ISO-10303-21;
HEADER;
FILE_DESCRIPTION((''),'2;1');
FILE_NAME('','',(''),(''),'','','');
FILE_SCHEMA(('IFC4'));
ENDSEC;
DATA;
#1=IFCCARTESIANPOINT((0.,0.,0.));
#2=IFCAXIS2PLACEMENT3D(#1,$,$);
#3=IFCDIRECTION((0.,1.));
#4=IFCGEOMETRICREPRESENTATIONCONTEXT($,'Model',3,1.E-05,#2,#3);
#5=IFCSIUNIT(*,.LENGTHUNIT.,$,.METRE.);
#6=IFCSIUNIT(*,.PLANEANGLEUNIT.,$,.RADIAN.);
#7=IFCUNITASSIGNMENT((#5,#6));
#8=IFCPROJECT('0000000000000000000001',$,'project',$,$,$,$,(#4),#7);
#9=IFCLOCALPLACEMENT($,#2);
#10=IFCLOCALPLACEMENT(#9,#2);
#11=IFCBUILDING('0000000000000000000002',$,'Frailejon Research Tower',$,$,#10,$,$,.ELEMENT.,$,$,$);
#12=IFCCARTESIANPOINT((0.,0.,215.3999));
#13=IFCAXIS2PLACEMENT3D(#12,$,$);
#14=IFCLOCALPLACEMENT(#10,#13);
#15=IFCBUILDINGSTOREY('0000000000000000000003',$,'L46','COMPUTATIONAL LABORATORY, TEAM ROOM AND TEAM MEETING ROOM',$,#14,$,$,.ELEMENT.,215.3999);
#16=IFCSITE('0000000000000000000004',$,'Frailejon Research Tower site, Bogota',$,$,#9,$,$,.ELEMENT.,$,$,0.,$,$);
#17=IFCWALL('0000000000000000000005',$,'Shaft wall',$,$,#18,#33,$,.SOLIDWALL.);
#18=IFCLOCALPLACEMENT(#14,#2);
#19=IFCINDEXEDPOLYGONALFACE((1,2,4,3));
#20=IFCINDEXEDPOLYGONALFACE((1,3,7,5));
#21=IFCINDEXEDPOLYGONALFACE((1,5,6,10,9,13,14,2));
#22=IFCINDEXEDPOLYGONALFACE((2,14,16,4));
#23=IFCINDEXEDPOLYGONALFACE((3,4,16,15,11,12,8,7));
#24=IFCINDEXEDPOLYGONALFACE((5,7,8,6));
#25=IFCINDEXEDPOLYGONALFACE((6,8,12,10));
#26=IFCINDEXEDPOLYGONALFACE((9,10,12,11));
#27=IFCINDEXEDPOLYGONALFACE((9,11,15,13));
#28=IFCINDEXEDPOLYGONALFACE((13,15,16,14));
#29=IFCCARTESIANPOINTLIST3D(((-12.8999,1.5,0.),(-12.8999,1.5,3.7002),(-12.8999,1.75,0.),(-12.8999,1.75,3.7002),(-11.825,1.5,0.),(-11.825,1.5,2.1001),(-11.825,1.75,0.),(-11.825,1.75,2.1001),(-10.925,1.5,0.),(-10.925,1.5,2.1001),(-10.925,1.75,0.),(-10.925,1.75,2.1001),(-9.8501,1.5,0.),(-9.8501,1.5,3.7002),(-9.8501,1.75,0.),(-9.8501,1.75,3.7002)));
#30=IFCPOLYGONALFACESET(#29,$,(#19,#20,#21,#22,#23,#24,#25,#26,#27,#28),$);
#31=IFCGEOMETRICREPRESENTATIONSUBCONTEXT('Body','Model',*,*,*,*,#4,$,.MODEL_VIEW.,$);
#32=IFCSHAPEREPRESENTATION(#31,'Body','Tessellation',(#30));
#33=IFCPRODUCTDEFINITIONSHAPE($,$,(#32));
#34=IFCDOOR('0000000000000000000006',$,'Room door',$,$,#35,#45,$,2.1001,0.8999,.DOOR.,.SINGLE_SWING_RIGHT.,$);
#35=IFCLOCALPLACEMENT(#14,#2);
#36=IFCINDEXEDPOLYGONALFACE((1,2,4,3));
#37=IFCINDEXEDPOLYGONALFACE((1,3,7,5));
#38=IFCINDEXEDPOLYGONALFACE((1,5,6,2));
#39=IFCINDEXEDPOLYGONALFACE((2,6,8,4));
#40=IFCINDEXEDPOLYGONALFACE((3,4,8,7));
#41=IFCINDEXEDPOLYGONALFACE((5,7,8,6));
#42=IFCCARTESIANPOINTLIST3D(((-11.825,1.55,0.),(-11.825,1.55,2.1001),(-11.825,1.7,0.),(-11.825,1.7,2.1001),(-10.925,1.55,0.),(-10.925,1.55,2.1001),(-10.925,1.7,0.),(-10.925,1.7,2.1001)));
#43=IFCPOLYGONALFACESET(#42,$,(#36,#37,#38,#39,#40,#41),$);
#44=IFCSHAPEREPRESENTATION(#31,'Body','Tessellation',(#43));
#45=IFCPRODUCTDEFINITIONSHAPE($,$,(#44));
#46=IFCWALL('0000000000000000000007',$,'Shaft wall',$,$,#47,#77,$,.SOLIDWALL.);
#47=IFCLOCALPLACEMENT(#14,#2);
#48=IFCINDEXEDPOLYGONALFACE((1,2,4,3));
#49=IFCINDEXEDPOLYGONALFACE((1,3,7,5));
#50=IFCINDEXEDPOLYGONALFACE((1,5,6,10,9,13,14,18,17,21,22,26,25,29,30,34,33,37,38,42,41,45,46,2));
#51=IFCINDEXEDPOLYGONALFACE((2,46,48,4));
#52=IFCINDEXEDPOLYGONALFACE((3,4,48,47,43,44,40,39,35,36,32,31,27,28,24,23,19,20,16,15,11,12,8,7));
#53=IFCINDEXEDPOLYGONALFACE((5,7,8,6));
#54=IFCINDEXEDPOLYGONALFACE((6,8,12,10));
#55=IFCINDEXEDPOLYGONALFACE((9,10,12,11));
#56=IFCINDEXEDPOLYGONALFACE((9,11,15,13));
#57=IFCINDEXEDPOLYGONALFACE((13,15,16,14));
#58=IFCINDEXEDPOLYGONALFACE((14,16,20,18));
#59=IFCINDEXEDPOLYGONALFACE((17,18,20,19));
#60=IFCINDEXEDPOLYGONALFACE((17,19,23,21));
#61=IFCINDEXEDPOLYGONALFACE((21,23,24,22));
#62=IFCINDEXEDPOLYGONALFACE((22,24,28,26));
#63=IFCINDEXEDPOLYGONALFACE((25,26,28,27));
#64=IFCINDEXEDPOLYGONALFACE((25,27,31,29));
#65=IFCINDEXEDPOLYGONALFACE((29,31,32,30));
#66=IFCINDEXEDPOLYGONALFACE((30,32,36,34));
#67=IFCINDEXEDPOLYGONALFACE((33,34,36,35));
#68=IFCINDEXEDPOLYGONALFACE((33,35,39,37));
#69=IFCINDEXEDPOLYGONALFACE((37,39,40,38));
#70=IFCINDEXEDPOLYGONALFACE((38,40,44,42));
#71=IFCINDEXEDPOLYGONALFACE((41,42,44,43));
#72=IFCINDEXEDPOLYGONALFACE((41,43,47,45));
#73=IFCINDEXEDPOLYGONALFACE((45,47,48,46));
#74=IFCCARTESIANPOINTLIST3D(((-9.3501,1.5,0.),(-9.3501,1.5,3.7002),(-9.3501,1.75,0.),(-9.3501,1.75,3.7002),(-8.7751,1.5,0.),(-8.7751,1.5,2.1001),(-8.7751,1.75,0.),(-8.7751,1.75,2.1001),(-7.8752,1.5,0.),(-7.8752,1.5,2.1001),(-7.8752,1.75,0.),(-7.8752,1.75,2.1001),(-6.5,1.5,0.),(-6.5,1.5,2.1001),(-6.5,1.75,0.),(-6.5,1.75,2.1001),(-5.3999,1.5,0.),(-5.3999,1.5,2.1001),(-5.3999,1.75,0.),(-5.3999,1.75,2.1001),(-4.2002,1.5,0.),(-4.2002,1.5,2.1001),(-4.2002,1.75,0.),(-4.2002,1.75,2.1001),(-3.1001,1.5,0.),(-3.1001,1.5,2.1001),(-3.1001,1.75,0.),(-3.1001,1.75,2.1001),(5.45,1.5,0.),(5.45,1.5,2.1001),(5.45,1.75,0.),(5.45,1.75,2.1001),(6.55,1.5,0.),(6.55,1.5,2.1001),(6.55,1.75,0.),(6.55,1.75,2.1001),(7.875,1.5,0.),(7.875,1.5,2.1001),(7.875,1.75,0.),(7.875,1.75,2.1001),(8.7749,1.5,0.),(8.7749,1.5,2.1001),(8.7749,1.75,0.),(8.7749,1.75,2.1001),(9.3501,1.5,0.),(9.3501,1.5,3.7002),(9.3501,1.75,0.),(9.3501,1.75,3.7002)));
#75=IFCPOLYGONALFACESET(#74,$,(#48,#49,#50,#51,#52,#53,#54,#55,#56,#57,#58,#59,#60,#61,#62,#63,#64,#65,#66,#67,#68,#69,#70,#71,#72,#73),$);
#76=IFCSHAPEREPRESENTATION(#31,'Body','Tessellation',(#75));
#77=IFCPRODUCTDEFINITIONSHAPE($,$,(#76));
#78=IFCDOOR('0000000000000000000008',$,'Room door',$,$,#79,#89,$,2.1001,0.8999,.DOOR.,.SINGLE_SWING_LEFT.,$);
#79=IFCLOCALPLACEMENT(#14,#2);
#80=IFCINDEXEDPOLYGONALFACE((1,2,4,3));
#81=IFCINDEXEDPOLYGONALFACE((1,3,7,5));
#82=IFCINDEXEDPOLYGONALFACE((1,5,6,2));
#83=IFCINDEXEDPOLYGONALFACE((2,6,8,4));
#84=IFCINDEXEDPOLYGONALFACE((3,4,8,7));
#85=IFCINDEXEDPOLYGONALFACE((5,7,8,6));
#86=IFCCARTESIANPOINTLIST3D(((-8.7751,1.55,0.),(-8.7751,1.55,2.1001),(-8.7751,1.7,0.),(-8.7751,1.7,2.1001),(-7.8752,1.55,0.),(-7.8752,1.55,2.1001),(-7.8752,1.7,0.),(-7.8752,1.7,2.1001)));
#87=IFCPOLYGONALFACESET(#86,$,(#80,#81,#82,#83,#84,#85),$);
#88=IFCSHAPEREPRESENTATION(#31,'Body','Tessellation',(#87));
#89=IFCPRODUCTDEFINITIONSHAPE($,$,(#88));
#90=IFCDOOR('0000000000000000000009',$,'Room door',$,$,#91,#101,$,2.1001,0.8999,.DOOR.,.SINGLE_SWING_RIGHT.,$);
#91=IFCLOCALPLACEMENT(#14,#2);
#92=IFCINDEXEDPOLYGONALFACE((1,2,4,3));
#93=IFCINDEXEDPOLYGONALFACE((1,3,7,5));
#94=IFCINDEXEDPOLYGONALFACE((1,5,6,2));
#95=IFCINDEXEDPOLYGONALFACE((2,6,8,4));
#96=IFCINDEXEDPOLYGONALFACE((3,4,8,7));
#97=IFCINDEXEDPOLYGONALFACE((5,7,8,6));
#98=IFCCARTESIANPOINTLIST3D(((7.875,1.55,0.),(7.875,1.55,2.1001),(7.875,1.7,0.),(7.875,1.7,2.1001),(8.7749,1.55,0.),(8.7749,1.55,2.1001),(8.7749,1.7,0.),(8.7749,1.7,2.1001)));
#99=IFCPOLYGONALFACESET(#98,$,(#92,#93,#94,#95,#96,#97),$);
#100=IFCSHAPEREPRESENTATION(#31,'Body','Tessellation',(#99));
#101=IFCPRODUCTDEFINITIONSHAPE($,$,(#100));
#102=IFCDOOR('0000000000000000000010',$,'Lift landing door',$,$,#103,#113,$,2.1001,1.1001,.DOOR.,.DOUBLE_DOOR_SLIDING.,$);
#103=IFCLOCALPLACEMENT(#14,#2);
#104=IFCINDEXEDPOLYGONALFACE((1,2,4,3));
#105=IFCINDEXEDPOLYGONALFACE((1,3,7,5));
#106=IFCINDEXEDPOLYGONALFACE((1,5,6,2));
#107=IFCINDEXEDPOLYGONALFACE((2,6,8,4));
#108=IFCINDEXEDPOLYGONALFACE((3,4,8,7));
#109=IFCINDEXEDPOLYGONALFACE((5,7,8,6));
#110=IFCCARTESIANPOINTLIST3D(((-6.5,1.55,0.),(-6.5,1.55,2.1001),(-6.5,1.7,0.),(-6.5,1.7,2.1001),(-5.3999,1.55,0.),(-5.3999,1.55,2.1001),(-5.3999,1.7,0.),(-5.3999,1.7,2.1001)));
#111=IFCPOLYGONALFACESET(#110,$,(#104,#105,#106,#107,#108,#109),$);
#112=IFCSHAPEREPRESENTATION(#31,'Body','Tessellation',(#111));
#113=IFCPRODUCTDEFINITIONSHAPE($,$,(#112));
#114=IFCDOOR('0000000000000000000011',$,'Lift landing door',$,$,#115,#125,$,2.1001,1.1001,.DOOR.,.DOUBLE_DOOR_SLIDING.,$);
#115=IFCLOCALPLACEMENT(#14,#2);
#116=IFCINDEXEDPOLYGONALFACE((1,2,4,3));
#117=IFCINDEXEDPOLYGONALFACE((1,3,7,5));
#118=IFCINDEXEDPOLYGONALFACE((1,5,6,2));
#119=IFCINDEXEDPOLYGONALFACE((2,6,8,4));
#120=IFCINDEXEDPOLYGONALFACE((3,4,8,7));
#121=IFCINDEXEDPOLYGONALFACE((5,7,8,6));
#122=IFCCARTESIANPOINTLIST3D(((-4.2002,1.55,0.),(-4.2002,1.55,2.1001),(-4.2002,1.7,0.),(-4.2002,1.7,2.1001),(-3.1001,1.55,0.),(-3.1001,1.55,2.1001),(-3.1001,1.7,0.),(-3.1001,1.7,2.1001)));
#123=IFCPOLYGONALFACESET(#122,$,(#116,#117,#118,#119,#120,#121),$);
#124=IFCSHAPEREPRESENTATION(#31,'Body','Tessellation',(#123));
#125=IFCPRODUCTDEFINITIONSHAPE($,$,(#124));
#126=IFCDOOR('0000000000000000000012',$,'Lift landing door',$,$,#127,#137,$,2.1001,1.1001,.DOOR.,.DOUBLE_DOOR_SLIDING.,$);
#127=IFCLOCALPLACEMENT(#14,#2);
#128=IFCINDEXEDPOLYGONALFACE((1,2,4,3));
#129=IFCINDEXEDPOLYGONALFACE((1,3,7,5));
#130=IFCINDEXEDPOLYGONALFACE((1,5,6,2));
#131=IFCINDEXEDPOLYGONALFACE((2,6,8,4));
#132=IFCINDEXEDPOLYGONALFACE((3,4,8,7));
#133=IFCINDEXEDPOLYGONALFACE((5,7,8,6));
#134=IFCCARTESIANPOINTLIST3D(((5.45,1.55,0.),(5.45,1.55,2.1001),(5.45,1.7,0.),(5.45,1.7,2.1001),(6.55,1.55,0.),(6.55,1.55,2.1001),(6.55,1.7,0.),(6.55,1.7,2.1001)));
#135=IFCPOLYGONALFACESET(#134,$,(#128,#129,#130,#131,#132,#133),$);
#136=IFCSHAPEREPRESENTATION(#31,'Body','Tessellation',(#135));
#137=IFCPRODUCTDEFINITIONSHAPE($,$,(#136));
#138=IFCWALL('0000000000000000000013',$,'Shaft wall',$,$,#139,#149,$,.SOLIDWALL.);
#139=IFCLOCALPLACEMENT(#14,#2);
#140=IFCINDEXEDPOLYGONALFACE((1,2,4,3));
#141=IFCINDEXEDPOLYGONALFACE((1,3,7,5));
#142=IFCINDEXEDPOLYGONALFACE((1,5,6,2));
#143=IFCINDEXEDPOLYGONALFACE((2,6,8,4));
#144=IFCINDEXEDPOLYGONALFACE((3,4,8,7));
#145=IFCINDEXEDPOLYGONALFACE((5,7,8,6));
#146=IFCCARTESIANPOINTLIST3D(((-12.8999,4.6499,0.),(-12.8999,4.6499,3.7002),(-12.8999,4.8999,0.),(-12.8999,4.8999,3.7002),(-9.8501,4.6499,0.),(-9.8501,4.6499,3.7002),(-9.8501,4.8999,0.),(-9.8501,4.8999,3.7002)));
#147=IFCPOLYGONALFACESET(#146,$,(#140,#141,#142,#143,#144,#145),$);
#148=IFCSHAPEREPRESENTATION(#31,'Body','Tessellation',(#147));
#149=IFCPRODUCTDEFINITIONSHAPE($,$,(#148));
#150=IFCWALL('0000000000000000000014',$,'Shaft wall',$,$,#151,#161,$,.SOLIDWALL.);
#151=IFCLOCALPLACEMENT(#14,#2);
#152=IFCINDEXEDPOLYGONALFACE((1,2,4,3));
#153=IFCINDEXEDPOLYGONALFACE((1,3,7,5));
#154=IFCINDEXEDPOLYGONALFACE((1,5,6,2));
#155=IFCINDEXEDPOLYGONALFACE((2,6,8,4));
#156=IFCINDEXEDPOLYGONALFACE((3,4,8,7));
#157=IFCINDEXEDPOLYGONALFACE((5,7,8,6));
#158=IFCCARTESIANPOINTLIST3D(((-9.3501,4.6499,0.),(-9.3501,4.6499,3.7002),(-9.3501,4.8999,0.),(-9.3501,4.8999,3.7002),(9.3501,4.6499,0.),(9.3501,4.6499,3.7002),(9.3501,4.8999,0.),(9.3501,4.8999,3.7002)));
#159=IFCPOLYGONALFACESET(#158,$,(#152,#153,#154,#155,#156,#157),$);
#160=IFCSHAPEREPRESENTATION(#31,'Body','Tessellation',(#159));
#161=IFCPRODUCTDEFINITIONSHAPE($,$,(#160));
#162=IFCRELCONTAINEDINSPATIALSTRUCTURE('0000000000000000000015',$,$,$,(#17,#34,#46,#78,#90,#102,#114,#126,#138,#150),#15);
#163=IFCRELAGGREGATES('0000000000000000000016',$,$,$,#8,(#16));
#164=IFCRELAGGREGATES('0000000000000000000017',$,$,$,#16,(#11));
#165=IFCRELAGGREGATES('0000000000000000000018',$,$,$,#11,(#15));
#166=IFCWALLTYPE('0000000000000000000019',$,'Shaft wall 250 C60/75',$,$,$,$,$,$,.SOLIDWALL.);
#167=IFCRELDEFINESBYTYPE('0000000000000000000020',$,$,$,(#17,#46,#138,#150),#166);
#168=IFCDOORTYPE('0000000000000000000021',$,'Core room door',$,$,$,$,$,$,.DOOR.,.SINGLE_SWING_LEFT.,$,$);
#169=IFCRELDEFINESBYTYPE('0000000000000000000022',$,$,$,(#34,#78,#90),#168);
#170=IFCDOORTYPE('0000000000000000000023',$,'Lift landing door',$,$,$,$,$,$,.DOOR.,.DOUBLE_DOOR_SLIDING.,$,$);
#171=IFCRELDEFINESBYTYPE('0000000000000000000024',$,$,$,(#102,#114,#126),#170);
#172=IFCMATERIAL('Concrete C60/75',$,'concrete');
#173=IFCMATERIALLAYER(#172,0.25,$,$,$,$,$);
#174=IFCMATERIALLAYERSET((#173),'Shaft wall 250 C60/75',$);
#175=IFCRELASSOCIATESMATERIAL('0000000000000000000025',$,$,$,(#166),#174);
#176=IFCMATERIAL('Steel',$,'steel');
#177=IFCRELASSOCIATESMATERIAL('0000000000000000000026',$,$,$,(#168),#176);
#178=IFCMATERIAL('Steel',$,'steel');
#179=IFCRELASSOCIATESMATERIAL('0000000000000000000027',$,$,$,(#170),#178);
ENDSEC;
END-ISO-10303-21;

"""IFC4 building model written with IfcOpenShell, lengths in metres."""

from ifc_helpers import new_model, si_unit, direction, frame, frame_2d, origin, place, context, subcontext, project, spatial, rectangle, extrude, material, layer, layer_set, type_object, element, fill, save


model = new_model("IFC4")

# Units and contexts
model_context = context("Model", 3, precision=1e-05, world=origin(), true_north=direction((0.0, 1.0)))
body_context = subcontext(model_context, "Body", "Model", "MODEL_VIEW")
ifc_project = project(units=[si_unit("LENGTHUNIT", "METRE"), si_unit("PLANEANGLEUNIT", "RADIAN")], contexts=[model_context])

# Site, building, storey
site_placement = place(None, origin())
site = spatial("IfcSite", under=ifc_project, at=site_placement, Name="Frailejon Research Tower site, Bogota", CompositionType="ELEMENT", RefElevation=0.0)
building_placement = place(site_placement, origin())
building = spatial("IfcBuilding", under=site, at=building_placement, Name="Frailejon Research Tower", CompositionType="ELEMENT")
storey_placement = place(building_placement, frame((0.0, 0.0, 215.3999)))
storey = spatial("IfcBuildingStorey", under=building, at=storey_placement, Name="L46", Description="COMPUTATIONAL LABORATORY, TEAM ROOM AND TEAM MEETING ROOM", CompositionType="ELEMENT", Elevation=215.3999)

# Wall, opening, door
ifc_material_1 = material(Name="Concrete C60/75", Category="concrete")
ifc_layer_1 = layer(ifc_material_1, 0.25)
ifc_layer_set_1 = layer_set([ifc_layer_1], Name="Shaft wall 250 C60/75")
wall_type_1 = type_object("IfcWallType", Name="Shaft wall 250 C60/75", PredefinedType="SOLIDWALL", material=ifc_layer_set_1)
wall_1_placement = place(storey_placement, frame((-12.8999, 1.625, 0.0), z_axis=(0.0, 0.0, 1.0), x_axis=(1.0, 0.0, 0.0)))
wall_1 = element("IfcWall", 1, at=wall_1_placement, inside=storey, type_object=wall_type_1, Name="Shaft wall", PredefinedType="SOLIDWALL", context=body_context, shape_type="SweptSolid", body=[
    extrude(rectangle(XDim=3.0498, YDim=0.25, at=frame_2d((1.5249, 0.0))), origin(), (0.0, 0.0, 1.0), 3.7002),
])
opening_1_placement = place(wall_1_placement, frame((1.075, 0.0, 0.0)))
opening_1 = element("IfcOpeningElement", 2, at=opening_1_placement, cuts=wall_1, PredefinedType="OPENING", context=body_context, shape_type="SweptSolid", body=[
    extrude(rectangle(XDim=0.8999, YDim=2.1001, at=frame_2d((0.45, 1.05))), frame((0.0, 0.135, 0.0), z_axis=(0.0, -1.0, 0.0), x_axis=(1.0, 0.0, 0.0)), (0.0, 0.0, 1.0), 0.27),
])
ifc_material_2 = material(Name="Steel", Category="steel")
door_type_1 = type_object("IfcDoorType", Name="Core room door", OperationType="SINGLE_SWING_LEFT", PredefinedType="DOOR", material=ifc_material_2)
door_1_placement = place(opening_1_placement, origin())
door_1 = element("IfcDoor", 3, at=door_1_placement, inside=storey, type_object=door_type_1, Name="Room door", OperationType="SINGLE_SWING_RIGHT", OverallHeight=2.1001, OverallWidth=0.8999, PredefinedType="DOOR", context=body_context, shape_type="SweptSolid", body=[
    extrude(rectangle(XDim=0.8999, YDim=2.1001, at=frame_2d((0.45, 1.05))), frame((0.0, 0.075, 0.0), z_axis=(0.0, -1.0, 0.0), x_axis=(1.0, 0.0, 0.0)), (0.0, 0.0, 1.0), 0.1499),
])
fill(opening_1, door_1)

# Wall, openings, doors
wall_2_placement = place(storey_placement, frame((-9.3501, 1.625, 0.0), z_axis=(0.0, 0.0, 1.0), x_axis=(1.0, 0.0, 0.0)))
wall_2 = element("IfcWall", 4, at=wall_2_placement, inside=storey, type_object=wall_type_1, Name="Shaft wall", PredefinedType="SOLIDWALL", context=body_context, shape_type="SweptSolid", body=[
    extrude(rectangle(XDim=18.7002, YDim=0.25, at=frame_2d((9.3501, 0.0))), origin(), (0.0, 0.0, 1.0), 3.7002),
])
opening_2_placement = place(wall_2_placement, frame((2.8501, 0.0, 0.0)))
opening_2 = element("IfcOpeningElement", 5, at=opening_2_placement, cuts=wall_2, PredefinedType="OPENING", context=body_context, shape_type="SweptSolid", body=[
    extrude(rectangle(XDim=1.1001, YDim=2.1001, at=frame_2d((0.55, 1.05))), frame((0.0, 0.135, 0.0), z_axis=(0.0, -1.0, 0.0), x_axis=(1.0, 0.0, 0.0)), (0.0, 0.0, 1.0), 0.27),
])
opening_3_placement = place(wall_2_placement, frame((5.1499, 0.0, 0.0)))
opening_3 = element("IfcOpeningElement", 6, at=opening_3_placement, cuts=wall_2, PredefinedType="OPENING", context=body_context, shape_type="SweptSolid", body=[
    extrude(rectangle(XDim=1.1001, YDim=2.1001, at=frame_2d((0.55, 1.05))), frame((0.0, 0.135, 0.0), z_axis=(0.0, -1.0, 0.0), x_axis=(1.0, 0.0, 0.0)), (0.0, 0.0, 1.0), 0.27),
])
opening_4_placement = place(wall_2_placement, frame((14.8, 0.0, 0.0)))
opening_4 = element("IfcOpeningElement", 7, at=opening_4_placement, cuts=wall_2, PredefinedType="OPENING", context=body_context, shape_type="SweptSolid", body=[
    extrude(rectangle(XDim=1.1001, YDim=2.1001, at=frame_2d((0.55, 1.05))), frame((0.0, 0.135, 0.0), z_axis=(0.0, -1.0, 0.0), x_axis=(1.0, 0.0, 0.0)), (0.0, 0.0, 1.0), 0.27),
])
opening_5_placement = place(wall_2_placement, frame((0.575, 0.0, 0.0)))
opening_5 = element("IfcOpeningElement", 8, at=opening_5_placement, cuts=wall_2, PredefinedType="OPENING", context=body_context, shape_type="SweptSolid", body=[
    extrude(rectangle(XDim=0.8999, YDim=2.1001, at=frame_2d((0.45, 1.05))), frame((0.0, 0.135, 0.0), z_axis=(0.0, -1.0, 0.0), x_axis=(1.0, 0.0, 0.0)), (0.0, 0.0, 1.0), 0.27),
])
opening_6_placement = place(wall_2_placement, frame((17.2251, 0.0, 0.0)))
opening_6 = element("IfcOpeningElement", 9, at=opening_6_placement, cuts=wall_2, PredefinedType="OPENING", context=body_context, shape_type="SweptSolid", body=[
    extrude(rectangle(XDim=0.8999, YDim=2.1001, at=frame_2d((0.45, 1.05))), frame((0.0, 0.135, 0.0), z_axis=(0.0, -1.0, 0.0), x_axis=(1.0, 0.0, 0.0)), (0.0, 0.0, 1.0), 0.27),
])
door_2_placement = place(opening_5_placement, origin())
door_2 = element("IfcDoor", 10, at=door_2_placement, inside=storey, type_object=door_type_1, Name="Room door", OperationType="SINGLE_SWING_LEFT", OverallHeight=2.1001, OverallWidth=0.8999, PredefinedType="DOOR", context=body_context, shape_type="SweptSolid", body=[
    extrude(rectangle(XDim=0.8999, YDim=2.1001, at=frame_2d((0.45, 1.05))), frame((0.0, 0.075, 0.0), z_axis=(0.0, -1.0, 0.0), x_axis=(1.0, 0.0, 0.0)), (0.0, 0.0, 1.0), 0.1499),
])
fill(opening_5, door_2)
door_3_placement = place(opening_6_placement, origin())
door_3 = element("IfcDoor", 11, at=door_3_placement, inside=storey, type_object=door_type_1, Name="Room door", OperationType="SINGLE_SWING_RIGHT", OverallHeight=2.1001, OverallWidth=0.8999, PredefinedType="DOOR", context=body_context, shape_type="SweptSolid", body=[
    extrude(rectangle(XDim=0.8999, YDim=2.1001, at=frame_2d((0.45, 1.05))), frame((0.0, 0.075, 0.0), z_axis=(0.0, -1.0, 0.0), x_axis=(1.0, 0.0, 0.0)), (0.0, 0.0, 1.0), 0.1499),
])
fill(opening_6, door_3)
ifc_material_3 = material(Name="Steel", Category="steel")
door_type_2 = type_object("IfcDoorType", Name="Lift landing door", OperationType="DOUBLE_DOOR_SLIDING", PredefinedType="DOOR", material=ifc_material_3)
door_4_placement = place(opening_2_placement, origin())
door_4 = element("IfcDoor", 12, at=door_4_placement, inside=storey, type_object=door_type_2, Name="Lift landing door", OperationType="DOUBLE_DOOR_SLIDING", OverallHeight=2.1001, OverallWidth=1.1001, PredefinedType="DOOR", context=body_context, shape_type="SweptSolid", body=[
    extrude(rectangle(XDim=1.1001, YDim=2.1001, at=frame_2d((0.55, 1.05))), frame((0.0, 0.075, 0.0), z_axis=(0.0, -1.0, 0.0), x_axis=(1.0, 0.0, 0.0)), (0.0, 0.0, 1.0), 0.1499),
])
fill(opening_2, door_4)
door_5_placement = place(opening_3_placement, origin())
door_5 = element("IfcDoor", 13, at=door_5_placement, inside=storey, type_object=door_type_2, Name="Lift landing door", OperationType="DOUBLE_DOOR_SLIDING", OverallHeight=2.1001, OverallWidth=1.1001, PredefinedType="DOOR", context=body_context, shape_type="SweptSolid", body=[
    extrude(rectangle(XDim=1.1001, YDim=2.1001, at=frame_2d((0.55, 1.05))), frame((0.0, 0.075, 0.0), z_axis=(0.0, -1.0, 0.0), x_axis=(1.0, 0.0, 0.0)), (0.0, 0.0, 1.0), 0.1499),
])
fill(opening_3, door_5)
door_6_placement = place(opening_4_placement, origin())
door_6 = element("IfcDoor", 14, at=door_6_placement, inside=storey, type_object=door_type_2, Name="Lift landing door", OperationType="DOUBLE_DOOR_SLIDING", OverallHeight=2.1001, OverallWidth=1.1001, PredefinedType="DOOR", context=body_context, shape_type="SweptSolid", body=[
    extrude(rectangle(XDim=1.1001, YDim=2.1001, at=frame_2d((0.55, 1.05))), frame((0.0, 0.075, 0.0), z_axis=(0.0, -1.0, 0.0), x_axis=(1.0, 0.0, 0.0)), (0.0, 0.0, 1.0), 0.1499),
])
fill(opening_4, door_6)

# Walls
wall_3_placement = place(storey_placement, frame((-12.8999, 4.7749, 0.0), z_axis=(0.0, 0.0, 1.0), x_axis=(1.0, 0.0, 0.0)))
element("IfcWall", 15, at=wall_3_placement, inside=storey, type_object=wall_type_1, Name="Shaft wall", PredefinedType="SOLIDWALL", context=body_context, shape_type="SweptSolid", body=[
    extrude(rectangle(XDim=3.0498, YDim=0.25, at=frame_2d((1.5249, 0.0))), origin(), (0.0, 0.0, 1.0), 3.7002),
])
wall_4_placement = place(storey_placement, frame((-9.3501, 4.7749, 0.0), z_axis=(0.0, 0.0, 1.0), x_axis=(1.0, 0.0, 0.0)))
element("IfcWall", 16, at=wall_4_placement, inside=storey, type_object=wall_type_1, Name="Shaft wall", PredefinedType="SOLIDWALL", context=body_context, shape_type="SweptSolid", body=[
    extrude(rectangle(XDim=18.7002, YDim=0.25, at=frame_2d((9.3501, 0.0))), origin(), (0.0, 0.0, 1.0), 3.7002),
])

save(model, "model.ifc")
